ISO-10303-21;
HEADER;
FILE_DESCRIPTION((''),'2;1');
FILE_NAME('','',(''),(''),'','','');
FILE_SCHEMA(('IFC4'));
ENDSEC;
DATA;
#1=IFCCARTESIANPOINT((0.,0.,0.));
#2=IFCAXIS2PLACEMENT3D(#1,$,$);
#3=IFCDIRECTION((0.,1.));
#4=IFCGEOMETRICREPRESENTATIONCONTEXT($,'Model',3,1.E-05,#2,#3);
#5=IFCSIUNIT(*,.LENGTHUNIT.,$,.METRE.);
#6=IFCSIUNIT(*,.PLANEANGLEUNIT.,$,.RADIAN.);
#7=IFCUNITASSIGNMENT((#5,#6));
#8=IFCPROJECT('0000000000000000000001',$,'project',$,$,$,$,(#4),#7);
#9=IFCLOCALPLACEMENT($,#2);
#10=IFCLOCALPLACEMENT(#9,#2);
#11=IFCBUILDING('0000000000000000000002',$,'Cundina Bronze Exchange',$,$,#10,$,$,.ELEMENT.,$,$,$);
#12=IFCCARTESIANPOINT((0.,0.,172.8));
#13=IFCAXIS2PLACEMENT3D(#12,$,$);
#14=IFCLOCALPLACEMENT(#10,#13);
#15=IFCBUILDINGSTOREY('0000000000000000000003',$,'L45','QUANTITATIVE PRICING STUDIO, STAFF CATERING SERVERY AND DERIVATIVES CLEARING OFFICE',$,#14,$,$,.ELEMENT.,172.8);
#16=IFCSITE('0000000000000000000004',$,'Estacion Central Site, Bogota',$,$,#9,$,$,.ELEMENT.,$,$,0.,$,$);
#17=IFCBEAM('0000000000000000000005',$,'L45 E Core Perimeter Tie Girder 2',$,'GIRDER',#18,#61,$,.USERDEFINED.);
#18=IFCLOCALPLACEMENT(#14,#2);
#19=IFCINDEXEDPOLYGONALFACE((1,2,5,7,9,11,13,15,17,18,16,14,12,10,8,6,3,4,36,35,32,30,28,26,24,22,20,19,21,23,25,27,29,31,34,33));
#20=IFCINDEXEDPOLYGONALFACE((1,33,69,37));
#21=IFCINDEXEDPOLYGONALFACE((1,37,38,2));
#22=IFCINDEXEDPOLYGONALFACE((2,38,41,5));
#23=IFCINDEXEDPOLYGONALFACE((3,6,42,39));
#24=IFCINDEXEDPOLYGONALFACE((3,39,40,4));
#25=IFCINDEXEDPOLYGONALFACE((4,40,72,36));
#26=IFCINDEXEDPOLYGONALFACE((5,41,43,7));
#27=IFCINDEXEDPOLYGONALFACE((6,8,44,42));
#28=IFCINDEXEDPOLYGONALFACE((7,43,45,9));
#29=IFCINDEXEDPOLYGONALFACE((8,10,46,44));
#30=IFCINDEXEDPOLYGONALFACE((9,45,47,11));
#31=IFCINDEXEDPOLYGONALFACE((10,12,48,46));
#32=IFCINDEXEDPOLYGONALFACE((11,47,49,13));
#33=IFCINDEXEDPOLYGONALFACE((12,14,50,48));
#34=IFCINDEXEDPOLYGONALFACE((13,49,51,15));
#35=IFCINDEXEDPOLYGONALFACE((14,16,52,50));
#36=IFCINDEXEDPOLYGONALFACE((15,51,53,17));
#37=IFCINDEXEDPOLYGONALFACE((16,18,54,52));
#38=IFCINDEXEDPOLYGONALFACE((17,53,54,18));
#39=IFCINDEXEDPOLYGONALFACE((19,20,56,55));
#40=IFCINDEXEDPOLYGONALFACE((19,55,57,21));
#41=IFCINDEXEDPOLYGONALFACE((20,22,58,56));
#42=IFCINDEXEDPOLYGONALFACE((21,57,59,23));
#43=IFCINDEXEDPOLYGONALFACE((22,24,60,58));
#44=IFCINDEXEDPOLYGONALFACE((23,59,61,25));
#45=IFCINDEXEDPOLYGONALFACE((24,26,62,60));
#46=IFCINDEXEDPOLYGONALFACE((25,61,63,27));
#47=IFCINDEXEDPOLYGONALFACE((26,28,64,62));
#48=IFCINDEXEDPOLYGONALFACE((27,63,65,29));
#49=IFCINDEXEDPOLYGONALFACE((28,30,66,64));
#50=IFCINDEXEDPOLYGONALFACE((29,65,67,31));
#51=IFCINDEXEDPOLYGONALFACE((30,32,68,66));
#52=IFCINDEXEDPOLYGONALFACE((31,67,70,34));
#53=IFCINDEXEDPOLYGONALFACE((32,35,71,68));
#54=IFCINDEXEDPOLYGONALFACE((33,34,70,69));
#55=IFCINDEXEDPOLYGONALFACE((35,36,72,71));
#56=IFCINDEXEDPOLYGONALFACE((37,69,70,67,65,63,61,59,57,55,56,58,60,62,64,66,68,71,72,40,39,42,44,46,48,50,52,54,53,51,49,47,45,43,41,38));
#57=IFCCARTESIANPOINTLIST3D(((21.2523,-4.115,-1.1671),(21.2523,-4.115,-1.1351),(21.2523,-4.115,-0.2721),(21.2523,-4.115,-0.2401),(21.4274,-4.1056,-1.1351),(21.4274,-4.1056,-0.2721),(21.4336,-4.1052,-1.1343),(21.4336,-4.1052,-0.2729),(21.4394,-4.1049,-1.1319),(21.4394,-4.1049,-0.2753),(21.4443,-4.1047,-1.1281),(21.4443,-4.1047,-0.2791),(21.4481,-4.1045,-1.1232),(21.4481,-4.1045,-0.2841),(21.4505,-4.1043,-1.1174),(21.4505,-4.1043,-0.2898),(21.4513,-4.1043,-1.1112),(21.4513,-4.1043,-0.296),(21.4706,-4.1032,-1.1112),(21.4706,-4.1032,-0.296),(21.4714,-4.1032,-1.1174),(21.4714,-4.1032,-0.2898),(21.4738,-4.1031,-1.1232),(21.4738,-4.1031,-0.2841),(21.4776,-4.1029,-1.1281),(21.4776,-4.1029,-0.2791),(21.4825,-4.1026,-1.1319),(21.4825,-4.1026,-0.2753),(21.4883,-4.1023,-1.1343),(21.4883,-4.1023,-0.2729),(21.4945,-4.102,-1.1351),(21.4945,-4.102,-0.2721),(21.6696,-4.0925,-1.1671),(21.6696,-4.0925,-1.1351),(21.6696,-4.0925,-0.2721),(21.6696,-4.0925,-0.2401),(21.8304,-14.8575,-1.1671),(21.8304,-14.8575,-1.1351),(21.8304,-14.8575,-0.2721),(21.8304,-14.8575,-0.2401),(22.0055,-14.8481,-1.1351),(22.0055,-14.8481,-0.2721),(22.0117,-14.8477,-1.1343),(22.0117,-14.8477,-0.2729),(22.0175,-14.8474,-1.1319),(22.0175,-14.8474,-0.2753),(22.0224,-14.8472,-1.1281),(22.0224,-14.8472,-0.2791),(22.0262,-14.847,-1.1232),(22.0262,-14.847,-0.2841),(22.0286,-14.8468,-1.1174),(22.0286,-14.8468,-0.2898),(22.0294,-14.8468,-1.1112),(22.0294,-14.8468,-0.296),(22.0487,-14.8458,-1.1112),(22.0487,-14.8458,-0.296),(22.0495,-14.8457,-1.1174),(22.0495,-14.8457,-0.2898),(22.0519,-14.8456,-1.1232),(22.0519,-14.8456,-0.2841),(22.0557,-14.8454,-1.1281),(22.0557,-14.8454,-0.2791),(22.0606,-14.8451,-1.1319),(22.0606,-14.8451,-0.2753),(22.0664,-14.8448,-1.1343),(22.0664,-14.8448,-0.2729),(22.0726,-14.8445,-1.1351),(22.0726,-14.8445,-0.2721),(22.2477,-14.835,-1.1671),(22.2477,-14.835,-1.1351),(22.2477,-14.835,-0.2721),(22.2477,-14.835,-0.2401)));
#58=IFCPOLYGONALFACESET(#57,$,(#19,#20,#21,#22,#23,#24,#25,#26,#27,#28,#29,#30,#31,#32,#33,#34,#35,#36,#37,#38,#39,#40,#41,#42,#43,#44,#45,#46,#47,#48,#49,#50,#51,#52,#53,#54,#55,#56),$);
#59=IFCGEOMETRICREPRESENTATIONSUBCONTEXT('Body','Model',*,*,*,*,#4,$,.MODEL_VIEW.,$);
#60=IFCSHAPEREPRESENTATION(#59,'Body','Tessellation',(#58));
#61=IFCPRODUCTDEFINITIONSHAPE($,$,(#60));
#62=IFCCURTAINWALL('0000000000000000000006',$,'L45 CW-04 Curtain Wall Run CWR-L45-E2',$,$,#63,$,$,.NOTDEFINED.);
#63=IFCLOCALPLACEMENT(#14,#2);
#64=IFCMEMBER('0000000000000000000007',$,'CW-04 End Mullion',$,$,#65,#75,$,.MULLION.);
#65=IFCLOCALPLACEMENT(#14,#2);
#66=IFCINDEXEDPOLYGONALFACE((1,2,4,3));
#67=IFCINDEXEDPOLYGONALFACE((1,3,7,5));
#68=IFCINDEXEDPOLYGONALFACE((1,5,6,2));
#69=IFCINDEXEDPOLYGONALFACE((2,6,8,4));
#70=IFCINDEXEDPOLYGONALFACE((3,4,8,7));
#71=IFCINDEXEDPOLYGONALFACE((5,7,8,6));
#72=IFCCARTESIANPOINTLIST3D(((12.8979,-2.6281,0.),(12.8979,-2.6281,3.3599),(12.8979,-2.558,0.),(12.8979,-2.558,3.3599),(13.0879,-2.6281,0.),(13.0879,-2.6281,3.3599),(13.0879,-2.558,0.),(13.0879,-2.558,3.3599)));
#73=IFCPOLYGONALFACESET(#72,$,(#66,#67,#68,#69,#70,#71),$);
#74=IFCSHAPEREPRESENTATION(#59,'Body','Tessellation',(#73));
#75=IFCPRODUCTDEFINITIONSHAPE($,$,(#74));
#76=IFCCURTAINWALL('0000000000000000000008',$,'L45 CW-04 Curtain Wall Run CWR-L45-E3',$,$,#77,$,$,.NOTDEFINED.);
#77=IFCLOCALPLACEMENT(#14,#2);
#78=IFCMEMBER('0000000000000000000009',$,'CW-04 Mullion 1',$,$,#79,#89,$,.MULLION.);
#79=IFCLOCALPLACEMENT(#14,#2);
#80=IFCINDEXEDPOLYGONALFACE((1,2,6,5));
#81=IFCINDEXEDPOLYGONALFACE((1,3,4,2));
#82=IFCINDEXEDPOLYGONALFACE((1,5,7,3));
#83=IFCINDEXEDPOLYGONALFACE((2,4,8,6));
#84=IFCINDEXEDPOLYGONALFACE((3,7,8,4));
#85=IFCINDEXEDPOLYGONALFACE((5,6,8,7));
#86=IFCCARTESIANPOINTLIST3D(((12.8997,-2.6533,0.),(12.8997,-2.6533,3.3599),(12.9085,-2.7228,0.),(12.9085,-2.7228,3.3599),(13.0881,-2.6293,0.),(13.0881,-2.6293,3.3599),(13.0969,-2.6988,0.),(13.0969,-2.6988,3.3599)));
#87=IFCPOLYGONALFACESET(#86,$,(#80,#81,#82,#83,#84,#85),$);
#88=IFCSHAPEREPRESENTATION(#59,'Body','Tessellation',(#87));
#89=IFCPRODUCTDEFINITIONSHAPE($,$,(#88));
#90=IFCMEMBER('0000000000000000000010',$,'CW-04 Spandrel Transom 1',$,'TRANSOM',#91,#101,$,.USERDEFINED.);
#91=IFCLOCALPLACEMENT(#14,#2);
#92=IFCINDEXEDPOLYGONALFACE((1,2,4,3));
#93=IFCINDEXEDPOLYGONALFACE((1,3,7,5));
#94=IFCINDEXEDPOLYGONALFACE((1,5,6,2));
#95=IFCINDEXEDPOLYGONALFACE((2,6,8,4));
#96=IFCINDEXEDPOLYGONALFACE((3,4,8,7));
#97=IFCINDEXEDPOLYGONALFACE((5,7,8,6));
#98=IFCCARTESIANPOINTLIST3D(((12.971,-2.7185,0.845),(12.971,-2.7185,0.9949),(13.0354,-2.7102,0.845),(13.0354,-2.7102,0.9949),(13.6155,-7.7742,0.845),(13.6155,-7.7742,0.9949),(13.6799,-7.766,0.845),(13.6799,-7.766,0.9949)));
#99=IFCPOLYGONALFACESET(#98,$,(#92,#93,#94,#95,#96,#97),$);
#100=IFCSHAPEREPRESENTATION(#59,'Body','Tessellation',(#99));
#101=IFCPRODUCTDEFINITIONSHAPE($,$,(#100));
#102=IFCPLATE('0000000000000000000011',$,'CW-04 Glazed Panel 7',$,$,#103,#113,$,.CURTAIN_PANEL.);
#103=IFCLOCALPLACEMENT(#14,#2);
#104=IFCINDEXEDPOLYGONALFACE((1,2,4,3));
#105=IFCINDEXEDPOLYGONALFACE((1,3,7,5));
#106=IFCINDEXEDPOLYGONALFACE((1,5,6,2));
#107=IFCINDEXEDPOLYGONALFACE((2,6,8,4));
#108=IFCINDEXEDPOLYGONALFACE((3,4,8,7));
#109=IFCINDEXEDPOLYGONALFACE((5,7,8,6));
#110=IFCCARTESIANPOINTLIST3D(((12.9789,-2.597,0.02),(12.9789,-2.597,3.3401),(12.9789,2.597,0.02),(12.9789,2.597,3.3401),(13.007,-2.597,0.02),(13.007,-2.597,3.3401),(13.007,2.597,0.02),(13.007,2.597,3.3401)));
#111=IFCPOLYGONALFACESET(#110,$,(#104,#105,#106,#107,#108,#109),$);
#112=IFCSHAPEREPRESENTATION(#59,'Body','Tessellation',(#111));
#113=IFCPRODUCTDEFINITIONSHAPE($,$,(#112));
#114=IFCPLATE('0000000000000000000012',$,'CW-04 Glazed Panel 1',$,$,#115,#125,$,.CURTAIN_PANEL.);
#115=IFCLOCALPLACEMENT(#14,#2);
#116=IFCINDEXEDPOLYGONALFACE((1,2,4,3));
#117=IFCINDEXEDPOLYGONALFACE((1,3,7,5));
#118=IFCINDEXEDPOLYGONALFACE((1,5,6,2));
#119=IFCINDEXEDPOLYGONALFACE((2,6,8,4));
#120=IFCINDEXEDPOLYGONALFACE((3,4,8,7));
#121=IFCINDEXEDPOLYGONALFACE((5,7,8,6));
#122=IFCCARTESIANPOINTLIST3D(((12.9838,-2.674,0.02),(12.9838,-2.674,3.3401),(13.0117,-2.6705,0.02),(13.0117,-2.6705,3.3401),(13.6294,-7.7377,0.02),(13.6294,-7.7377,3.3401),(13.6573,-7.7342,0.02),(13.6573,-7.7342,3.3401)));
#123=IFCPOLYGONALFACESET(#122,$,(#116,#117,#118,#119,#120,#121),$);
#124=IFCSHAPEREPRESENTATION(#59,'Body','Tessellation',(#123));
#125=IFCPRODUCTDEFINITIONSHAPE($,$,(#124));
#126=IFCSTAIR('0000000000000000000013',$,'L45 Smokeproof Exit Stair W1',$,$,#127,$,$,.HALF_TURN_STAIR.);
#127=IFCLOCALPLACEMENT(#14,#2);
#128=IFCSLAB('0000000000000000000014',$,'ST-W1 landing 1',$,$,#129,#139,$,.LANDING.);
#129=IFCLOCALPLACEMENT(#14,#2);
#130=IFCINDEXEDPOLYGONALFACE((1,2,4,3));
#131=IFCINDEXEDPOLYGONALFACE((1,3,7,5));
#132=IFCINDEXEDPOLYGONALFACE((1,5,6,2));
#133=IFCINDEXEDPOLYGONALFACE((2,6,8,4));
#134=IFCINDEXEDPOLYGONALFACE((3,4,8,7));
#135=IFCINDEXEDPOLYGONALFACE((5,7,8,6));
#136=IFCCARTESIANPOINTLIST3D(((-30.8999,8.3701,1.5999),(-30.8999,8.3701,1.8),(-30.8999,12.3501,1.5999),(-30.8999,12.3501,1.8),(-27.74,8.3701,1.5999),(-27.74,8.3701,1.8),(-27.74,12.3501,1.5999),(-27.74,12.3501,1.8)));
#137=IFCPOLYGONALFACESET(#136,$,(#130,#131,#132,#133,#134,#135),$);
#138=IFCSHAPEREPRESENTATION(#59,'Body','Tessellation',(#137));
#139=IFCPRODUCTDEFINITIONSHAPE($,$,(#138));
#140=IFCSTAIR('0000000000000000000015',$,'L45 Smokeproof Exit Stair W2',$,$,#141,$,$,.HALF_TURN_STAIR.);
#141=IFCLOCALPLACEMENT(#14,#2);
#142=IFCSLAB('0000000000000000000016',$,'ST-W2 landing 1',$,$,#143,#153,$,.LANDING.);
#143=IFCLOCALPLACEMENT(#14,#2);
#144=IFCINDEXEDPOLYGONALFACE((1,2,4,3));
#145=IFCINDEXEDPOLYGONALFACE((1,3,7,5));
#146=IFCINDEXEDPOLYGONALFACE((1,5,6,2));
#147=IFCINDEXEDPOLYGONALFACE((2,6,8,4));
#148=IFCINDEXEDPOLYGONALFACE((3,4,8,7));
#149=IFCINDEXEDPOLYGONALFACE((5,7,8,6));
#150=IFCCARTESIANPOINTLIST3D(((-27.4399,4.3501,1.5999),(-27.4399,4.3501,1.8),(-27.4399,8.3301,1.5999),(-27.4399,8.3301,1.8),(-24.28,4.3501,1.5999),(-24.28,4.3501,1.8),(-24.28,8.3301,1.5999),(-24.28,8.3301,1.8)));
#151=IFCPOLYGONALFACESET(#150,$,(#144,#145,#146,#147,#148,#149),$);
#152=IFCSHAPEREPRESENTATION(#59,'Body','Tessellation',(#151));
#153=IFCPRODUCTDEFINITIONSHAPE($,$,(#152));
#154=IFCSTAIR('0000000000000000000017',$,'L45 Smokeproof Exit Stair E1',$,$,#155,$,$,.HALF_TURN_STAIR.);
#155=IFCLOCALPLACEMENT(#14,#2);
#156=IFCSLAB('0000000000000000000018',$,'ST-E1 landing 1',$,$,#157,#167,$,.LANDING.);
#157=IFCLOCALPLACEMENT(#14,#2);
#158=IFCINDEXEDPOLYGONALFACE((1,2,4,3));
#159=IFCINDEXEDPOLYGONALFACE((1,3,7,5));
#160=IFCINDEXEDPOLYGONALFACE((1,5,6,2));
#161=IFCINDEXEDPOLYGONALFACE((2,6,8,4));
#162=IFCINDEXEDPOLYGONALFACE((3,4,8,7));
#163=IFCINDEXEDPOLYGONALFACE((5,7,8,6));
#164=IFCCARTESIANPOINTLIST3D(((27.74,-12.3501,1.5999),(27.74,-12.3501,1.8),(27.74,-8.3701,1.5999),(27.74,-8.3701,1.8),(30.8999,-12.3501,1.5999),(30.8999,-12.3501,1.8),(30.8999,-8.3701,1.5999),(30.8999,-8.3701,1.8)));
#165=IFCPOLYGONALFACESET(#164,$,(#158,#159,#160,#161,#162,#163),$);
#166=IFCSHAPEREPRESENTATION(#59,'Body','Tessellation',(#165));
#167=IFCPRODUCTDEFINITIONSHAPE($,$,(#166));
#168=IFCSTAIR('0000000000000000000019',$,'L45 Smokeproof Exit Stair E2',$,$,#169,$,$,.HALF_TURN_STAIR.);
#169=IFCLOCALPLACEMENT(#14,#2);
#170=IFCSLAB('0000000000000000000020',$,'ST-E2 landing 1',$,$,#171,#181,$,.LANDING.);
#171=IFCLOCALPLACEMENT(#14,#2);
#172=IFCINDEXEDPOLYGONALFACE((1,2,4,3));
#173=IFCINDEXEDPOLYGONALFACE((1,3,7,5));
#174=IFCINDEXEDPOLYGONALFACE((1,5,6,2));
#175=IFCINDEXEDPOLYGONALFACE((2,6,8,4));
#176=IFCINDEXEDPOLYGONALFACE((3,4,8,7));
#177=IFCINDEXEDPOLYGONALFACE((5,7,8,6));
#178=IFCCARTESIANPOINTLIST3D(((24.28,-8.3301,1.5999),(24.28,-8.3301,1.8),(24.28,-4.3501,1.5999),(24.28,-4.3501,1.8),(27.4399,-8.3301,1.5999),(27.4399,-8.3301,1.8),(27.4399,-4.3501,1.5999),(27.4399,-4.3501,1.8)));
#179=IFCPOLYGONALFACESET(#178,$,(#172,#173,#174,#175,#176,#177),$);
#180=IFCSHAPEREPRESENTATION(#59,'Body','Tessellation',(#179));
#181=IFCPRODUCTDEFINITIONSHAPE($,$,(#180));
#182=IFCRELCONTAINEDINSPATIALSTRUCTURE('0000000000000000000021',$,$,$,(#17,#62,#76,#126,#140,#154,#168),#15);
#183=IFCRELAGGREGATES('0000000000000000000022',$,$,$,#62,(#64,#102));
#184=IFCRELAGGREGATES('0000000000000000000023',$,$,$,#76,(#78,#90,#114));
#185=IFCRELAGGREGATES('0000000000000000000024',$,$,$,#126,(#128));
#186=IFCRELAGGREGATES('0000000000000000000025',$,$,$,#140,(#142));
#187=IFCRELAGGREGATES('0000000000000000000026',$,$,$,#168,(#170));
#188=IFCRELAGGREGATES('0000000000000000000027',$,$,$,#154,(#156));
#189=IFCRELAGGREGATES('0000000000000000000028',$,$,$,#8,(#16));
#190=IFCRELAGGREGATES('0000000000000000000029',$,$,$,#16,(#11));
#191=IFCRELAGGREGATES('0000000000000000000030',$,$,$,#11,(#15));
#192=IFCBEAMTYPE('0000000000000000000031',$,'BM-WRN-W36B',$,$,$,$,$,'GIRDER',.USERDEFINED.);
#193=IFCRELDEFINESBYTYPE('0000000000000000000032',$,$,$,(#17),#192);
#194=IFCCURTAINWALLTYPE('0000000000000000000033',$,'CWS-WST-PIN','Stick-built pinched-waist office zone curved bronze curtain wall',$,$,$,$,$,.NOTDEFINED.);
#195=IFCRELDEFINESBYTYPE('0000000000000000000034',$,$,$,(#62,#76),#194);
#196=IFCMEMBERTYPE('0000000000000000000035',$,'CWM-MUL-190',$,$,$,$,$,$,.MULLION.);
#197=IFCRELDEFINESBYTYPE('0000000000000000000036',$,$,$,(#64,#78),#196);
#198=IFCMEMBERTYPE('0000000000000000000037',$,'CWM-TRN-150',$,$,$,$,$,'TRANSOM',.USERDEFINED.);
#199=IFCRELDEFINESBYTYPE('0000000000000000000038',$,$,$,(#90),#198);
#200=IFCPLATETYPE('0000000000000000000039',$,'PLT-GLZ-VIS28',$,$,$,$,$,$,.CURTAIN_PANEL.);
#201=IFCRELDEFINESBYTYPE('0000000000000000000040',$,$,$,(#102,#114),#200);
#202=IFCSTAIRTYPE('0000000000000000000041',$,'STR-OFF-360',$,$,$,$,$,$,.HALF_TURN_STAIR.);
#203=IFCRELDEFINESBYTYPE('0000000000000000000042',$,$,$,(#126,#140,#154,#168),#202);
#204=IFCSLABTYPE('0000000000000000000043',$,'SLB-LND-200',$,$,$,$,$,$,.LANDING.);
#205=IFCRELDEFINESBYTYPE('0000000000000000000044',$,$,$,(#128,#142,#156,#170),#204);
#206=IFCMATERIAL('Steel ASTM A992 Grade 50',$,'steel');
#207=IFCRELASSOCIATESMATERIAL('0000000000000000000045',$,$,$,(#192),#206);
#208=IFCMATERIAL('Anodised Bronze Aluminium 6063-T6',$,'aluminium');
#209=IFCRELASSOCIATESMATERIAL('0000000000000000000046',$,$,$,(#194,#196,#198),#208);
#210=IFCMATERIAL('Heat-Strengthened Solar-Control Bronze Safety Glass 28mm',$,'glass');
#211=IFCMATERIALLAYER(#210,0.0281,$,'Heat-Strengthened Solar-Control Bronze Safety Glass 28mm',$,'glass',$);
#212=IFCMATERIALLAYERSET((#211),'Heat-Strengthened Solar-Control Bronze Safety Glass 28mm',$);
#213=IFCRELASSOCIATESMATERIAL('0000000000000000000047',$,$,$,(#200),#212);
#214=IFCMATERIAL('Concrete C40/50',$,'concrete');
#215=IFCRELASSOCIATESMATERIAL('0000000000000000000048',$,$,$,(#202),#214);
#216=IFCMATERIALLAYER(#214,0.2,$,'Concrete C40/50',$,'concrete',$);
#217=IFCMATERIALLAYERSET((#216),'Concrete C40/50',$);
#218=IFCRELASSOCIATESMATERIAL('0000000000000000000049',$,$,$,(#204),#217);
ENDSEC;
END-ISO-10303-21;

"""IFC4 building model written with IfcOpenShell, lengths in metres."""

from ifc_helpers import new_model, si_unit, direction, frame, origin, origin_2d, place, context, subcontext, project, spatial, polyline, rectangle, i_section, outline, extrude, material, layer, layer_set, material_profile, profile_set, type_object, element, aggregate, save


model = new_model("IFC4")

# Units and contexts
model_context = context("Model", 3, precision=1e-05, world=origin(), true_north=direction((0.0, 1.0)))
body_context = subcontext(model_context, "Body", "Model", "MODEL_VIEW")
ifc_project = project(units=[si_unit("LENGTHUNIT", "METRE"), si_unit("PLANEANGLEUNIT", "RADIAN")], contexts=[model_context])

# Site, building, storey
site_placement = place(None, origin())
site = spatial("IfcSite", under=ifc_project, at=site_placement, Name="Estacion Central Site, Bogota", CompositionType="ELEMENT", RefElevation=0.0)
building_placement = place(site_placement, origin())
building = spatial("IfcBuilding", under=site, at=building_placement, Name="Cundina Bronze Exchange", CompositionType="ELEMENT")
storey_placement = place(building_placement, frame((0.0, 0.0, 172.8)))
storey = spatial("IfcBuildingStorey", under=building, at=storey_placement, Name="L45", Description="QUANTITATIVE PRICING STUDIO, STAFF CATERING SERVERY AND DERIVATIVES CLEARING OFFICE", CompositionType="ELEMENT", Elevation=172.8)

# Shared definitions
ifc_material_1 = material(Name="Steel ASTM A992 Grade 50", Category="steel")

# Beam
ifc_material_profile_1 = material_profile(ifc_material_1, i_section(OverallWidth=0.418, OverallDepth=0.927, WebThickness=0.0193, FlangeThickness=0.032, FilletRadius=0.0239, at=origin_2d()), Name="W36X231", Category="steel")
ifc_profile_set_1 = profile_set([ifc_material_profile_1], Name="Steel ASTM A992 Grade 50")
beam_type_1 = type_object("IfcBeamType", Name="BM-WRN-W36B", ElementType="GIRDER", PredefinedType="USERDEFINED", material=ifc_profile_set_1)
beam_1_placement = place(storey_placement, frame((21.4609, -4.1038, -0.7036), z_axis=(0.053739, -0.998555, 0.0), x_axis=(0.998555, 0.053739, 0.0)))
element("IfcBeam", 1, at=beam_1_placement, inside=storey, type_object=beam_type_1, Name="L45 E Core Perimeter Tie Girder 2", ObjectType="GIRDER", PredefinedType="USERDEFINED", context=body_context, shape_type="SweptSolid", body=[
    extrude(i_section(OverallWidth=0.418, OverallDepth=0.927, WebThickness=0.0193, FlangeThickness=0.032, FilletRadius=0.0239, at=origin_2d()), origin(), (0.0, 0.0, 1.0), 10.7581),
])

# Curtain wall, member
ifc_material_2 = material(Name="Anodised Bronze Aluminium 6063-T6", Category="aluminium")
curtain_wall_type = type_object("IfcCurtainWallType", Name="CWS-WST-PIN", Description="Stick-built pinched-waist office zone curved bronze curtain wall", PredefinedType="NOTDEFINED", material=ifc_material_2)
curtain_wall_1_placement = place(storey_placement, origin())
curtain_wall_1 = element("IfcCurtainWall", 2, at=curtain_wall_1_placement, inside=storey, type_object=curtain_wall_type, Name="L45 CW-04 Curtain Wall Run CWR-L45-E2", PredefinedType="NOTDEFINED")
ifc_material_profile_2 = material_profile(ifc_material_2, rectangle(XDim=0.0701, YDim=0.1899, at=origin_2d()), Name="AL70X190", Category="aluminium")
ifc_profile_set_2 = profile_set([ifc_material_profile_2], Name="Anodised Bronze Aluminium 6063-T6")
member_type_1 = type_object("IfcMemberType", Name="CWM-MUL-190", PredefinedType="MULLION", material=ifc_profile_set_2)
member_1_placement = place(storey_placement, frame((12.9929, -2.593, 0.0), z_axis=(0.0, 0.0, 1.0), x_axis=(0.0, -1.0, 0.0)))
member_1 = element("IfcMember", 3, at=member_1_placement, type_object=member_type_1, Name="CW-04 End Mullion", PredefinedType="MULLION", context=body_context, shape_type="SweptSolid", body=[
    extrude(rectangle(XDim=0.0701, YDim=0.1899, at=origin_2d()), origin(), (0.0, 0.0, 1.0), 3.3599),
])

# Curtain wall, members
curtain_wall_2_placement = place(storey_placement, origin())
curtain_wall_2 = element("IfcCurtainWall", 4, at=curtain_wall_2_placement, inside=storey, type_object=curtain_wall_type, Name="L45 CW-04 Curtain Wall Run CWR-L45-E3", PredefinedType="NOTDEFINED")
member_2_placement = place(storey_placement, frame((12.9983, -2.676, 0.0), z_axis=(0.0, 0.0, 1.0), x_axis=(0.126545, -0.991961, 0.0)))
member_2 = element("IfcMember", 5, at=member_2_placement, type_object=member_type_1, Name="CW-04 Mullion 1", PredefinedType="MULLION", context=body_context, shape_type="SweptSolid", body=[
    extrude(rectangle(XDim=0.0701, YDim=0.1899, at=origin_2d()), origin(), (0.0, 0.0, 1.0), 3.3599),
])
ifc_material_profile_3 = material_profile(ifc_material_2, rectangle(XDim=0.0649, YDim=0.1499, at=origin_2d()), Name="AL65X150", Category="aluminium")
ifc_profile_set_3 = profile_set([ifc_material_profile_3], Name="Anodised Bronze Aluminium 6063-T6")
member_type_2 = type_object("IfcMemberType", Name="CWM-TRN-150", ElementType="TRANSOM", PredefinedType="USERDEFINED", material=ifc_profile_set_3)
member_3_placement = place(storey_placement, frame((13.0032, -2.7144, 0.9199), z_axis=(0.126463, -0.991971, 0.0), x_axis=(0.991971, 0.126463, 0.0)))
member_3 = element("IfcMember", 6, at=member_3_placement, type_object=member_type_2, Name="CW-04 Spandrel Transom 1", ObjectType="TRANSOM", PredefinedType="USERDEFINED", context=body_context, shape_type="SweptSolid", body=[
    extrude(rectangle(XDim=0.0649, YDim=0.1499, at=origin_2d()), origin(), (0.0, 0.0, 1.0), 5.0967),
])

# Plates
ifc_material_3 = material(Name="Heat-Strengthened Solar-Control Bronze Safety Glass 28mm", Category="glass")
ifc_layer_1 = layer(ifc_material_3, 0.0281, Name="Heat-Strengthened Solar-Control Bronze Safety Glass 28mm", Category="glass")
ifc_layer_set_1 = layer_set([ifc_layer_1], Name="Heat-Strengthened Solar-Control Bronze Safety Glass 28mm")
plate_type = type_object("IfcPlateType", Name="PLT-GLZ-VIS28", PredefinedType="CURTAIN_PANEL", material=ifc_layer_set_1)
plate_1_placement = place(storey_placement, frame((12.9929, 0.0, 0.02), z_axis=(0.0, 0.0, 1.0), x_axis=(0.0, -1.0, 0.0)))
plate_1 = element("IfcPlate", 7, at=plate_1_placement, type_object=plate_type, Name="CW-04 Glazed Panel 7", PredefinedType="CURTAIN_PANEL", context=body_context, shape_type="SweptSolid", body=[
    extrude(rectangle(XDim=5.1941, YDim=0.0281, at=origin_2d()), origin(), (0.0, 0.0, 1.0), 3.3201),
])
aggregate(curtain_wall_1, [member_1, plate_1])
plate_2_placement = place(storey_placement, frame((13.3206, -5.2041, 0.02), z_axis=(0.0, 0.0, 1.0), x_axis=(0.126476, -0.99197, 0.0)))
plate_2 = element("IfcPlate", 8, at=plate_2_placement, type_object=plate_type, Name="CW-04 Glazed Panel 1", PredefinedType="CURTAIN_PANEL", context=body_context, shape_type="SweptSolid", body=[
    extrude(rectangle(XDim=5.1047, YDim=0.0281, at=origin_2d()), origin(), (0.0, 0.0, 1.0), 3.3201),
])
aggregate(curtain_wall_2, [member_2, member_3, plate_2])

# Stairs, slabs
ifc_material_4 = material(Name="Concrete C40/50", Category="concrete")
stair_type = type_object("IfcStairType", Name="STR-OFF-360", PredefinedType="HALF_TURN_STAIR", material=ifc_material_4)
stair_1_placement = place(storey_placement, origin())
stair_1 = element("IfcStair", 9, at=stair_1_placement, inside=storey, type_object=stair_type, Name="L45 Smokeproof Exit Stair W1", PredefinedType="HALF_TURN_STAIR")
ifc_layer_2 = layer(ifc_material_4, 0.2, Name="Concrete C40/50", Category="concrete")
ifc_layer_set_2 = layer_set([ifc_layer_2], Name="Concrete C40/50")
slab_type = type_object("IfcSlabType", Name="SLB-LND-200", PredefinedType="LANDING", material=ifc_layer_set_2)
slab_1_placement = place(storey_placement, frame((0.0, 0.0, 1.5999)))
slab_1 = element("IfcSlab", 10, at=slab_1_placement, type_object=slab_type, Name="ST-W1 landing 1", PredefinedType="LANDING", context=body_context, shape_type="SweptSolid", body=[
    extrude(outline(polyline([(-27.74, 8.3701), (-27.74, 12.3501), (-30.8999, 12.3501), (-30.8999, 8.3701), (-27.74, 8.3701)])), origin(), (0.0, 0.0, 1.0), 0.2002),
])
aggregate(stair_1, [slab_1])
stair_2_placement = place(storey_placement, origin())
stair_2 = element("IfcStair", 11, at=stair_2_placement, inside=storey, type_object=stair_type, Name="L45 Smokeproof Exit Stair W2", PredefinedType="HALF_TURN_STAIR")
slab_2_placement = place(storey_placement, frame((0.0, 0.0, 1.5999)))
slab_2 = element("IfcSlab", 12, at=slab_2_placement, type_object=slab_type, Name="ST-W2 landing 1", PredefinedType="LANDING", context=body_context, shape_type="SweptSolid", body=[
    extrude(outline(polyline([(-27.4399, 8.3301), (-27.4399, 4.3501), (-24.28, 4.3501), (-24.28, 8.3301), (-27.4399, 8.3301)])), origin(), (0.0, 0.0, 1.0), 0.2002),
])
aggregate(stair_2, [slab_2])
stair_3_placement = place(storey_placement, origin())
stair_3 = element("IfcStair", 13, at=stair_3_placement, inside=storey, type_object=stair_type, Name="L45 Smokeproof Exit Stair E1", PredefinedType="HALF_TURN_STAIR")
slab_3_placement = place(storey_placement, frame((0.0, 0.0, 1.5999)))
slab_3 = element("IfcSlab", 14, at=slab_3_placement, type_object=slab_type, Name="ST-E1 landing 1", PredefinedType="LANDING", context=body_context, shape_type="SweptSolid", body=[
    extrude(outline(polyline([(27.74, -8.3701), (27.74, -12.3501), (30.8999, -12.3501), (30.8999, -8.3701), (27.74, -8.3701)])), origin(), (0.0, 0.0, 1.0), 0.2002),
])
stair_4_placement = place(storey_placement, origin())
stair_4 = element("IfcStair", 15, at=stair_4_placement, inside=storey, type_object=stair_type, Name="L45 Smokeproof Exit Stair E2", PredefinedType="HALF_TURN_STAIR")
slab_4_placement = place(storey_placement, frame((0.0, 0.0, 1.5999)))
slab_4 = element("IfcSlab", 16, at=slab_4_placement, type_object=slab_type, Name="ST-E2 landing 1", PredefinedType="LANDING", context=body_context, shape_type="SweptSolid", body=[
    extrude(outline(polyline([(27.4399, -8.3301), (27.4399, -4.3501), (24.28, -4.3501), (24.28, -8.3301), (27.4399, -8.3301)])), origin(), (0.0, 0.0, 1.0), 0.2002),
])
aggregate(stair_4, [slab_4])

aggregate(stair_3, [slab_3])

save(model, "model.ifc")
